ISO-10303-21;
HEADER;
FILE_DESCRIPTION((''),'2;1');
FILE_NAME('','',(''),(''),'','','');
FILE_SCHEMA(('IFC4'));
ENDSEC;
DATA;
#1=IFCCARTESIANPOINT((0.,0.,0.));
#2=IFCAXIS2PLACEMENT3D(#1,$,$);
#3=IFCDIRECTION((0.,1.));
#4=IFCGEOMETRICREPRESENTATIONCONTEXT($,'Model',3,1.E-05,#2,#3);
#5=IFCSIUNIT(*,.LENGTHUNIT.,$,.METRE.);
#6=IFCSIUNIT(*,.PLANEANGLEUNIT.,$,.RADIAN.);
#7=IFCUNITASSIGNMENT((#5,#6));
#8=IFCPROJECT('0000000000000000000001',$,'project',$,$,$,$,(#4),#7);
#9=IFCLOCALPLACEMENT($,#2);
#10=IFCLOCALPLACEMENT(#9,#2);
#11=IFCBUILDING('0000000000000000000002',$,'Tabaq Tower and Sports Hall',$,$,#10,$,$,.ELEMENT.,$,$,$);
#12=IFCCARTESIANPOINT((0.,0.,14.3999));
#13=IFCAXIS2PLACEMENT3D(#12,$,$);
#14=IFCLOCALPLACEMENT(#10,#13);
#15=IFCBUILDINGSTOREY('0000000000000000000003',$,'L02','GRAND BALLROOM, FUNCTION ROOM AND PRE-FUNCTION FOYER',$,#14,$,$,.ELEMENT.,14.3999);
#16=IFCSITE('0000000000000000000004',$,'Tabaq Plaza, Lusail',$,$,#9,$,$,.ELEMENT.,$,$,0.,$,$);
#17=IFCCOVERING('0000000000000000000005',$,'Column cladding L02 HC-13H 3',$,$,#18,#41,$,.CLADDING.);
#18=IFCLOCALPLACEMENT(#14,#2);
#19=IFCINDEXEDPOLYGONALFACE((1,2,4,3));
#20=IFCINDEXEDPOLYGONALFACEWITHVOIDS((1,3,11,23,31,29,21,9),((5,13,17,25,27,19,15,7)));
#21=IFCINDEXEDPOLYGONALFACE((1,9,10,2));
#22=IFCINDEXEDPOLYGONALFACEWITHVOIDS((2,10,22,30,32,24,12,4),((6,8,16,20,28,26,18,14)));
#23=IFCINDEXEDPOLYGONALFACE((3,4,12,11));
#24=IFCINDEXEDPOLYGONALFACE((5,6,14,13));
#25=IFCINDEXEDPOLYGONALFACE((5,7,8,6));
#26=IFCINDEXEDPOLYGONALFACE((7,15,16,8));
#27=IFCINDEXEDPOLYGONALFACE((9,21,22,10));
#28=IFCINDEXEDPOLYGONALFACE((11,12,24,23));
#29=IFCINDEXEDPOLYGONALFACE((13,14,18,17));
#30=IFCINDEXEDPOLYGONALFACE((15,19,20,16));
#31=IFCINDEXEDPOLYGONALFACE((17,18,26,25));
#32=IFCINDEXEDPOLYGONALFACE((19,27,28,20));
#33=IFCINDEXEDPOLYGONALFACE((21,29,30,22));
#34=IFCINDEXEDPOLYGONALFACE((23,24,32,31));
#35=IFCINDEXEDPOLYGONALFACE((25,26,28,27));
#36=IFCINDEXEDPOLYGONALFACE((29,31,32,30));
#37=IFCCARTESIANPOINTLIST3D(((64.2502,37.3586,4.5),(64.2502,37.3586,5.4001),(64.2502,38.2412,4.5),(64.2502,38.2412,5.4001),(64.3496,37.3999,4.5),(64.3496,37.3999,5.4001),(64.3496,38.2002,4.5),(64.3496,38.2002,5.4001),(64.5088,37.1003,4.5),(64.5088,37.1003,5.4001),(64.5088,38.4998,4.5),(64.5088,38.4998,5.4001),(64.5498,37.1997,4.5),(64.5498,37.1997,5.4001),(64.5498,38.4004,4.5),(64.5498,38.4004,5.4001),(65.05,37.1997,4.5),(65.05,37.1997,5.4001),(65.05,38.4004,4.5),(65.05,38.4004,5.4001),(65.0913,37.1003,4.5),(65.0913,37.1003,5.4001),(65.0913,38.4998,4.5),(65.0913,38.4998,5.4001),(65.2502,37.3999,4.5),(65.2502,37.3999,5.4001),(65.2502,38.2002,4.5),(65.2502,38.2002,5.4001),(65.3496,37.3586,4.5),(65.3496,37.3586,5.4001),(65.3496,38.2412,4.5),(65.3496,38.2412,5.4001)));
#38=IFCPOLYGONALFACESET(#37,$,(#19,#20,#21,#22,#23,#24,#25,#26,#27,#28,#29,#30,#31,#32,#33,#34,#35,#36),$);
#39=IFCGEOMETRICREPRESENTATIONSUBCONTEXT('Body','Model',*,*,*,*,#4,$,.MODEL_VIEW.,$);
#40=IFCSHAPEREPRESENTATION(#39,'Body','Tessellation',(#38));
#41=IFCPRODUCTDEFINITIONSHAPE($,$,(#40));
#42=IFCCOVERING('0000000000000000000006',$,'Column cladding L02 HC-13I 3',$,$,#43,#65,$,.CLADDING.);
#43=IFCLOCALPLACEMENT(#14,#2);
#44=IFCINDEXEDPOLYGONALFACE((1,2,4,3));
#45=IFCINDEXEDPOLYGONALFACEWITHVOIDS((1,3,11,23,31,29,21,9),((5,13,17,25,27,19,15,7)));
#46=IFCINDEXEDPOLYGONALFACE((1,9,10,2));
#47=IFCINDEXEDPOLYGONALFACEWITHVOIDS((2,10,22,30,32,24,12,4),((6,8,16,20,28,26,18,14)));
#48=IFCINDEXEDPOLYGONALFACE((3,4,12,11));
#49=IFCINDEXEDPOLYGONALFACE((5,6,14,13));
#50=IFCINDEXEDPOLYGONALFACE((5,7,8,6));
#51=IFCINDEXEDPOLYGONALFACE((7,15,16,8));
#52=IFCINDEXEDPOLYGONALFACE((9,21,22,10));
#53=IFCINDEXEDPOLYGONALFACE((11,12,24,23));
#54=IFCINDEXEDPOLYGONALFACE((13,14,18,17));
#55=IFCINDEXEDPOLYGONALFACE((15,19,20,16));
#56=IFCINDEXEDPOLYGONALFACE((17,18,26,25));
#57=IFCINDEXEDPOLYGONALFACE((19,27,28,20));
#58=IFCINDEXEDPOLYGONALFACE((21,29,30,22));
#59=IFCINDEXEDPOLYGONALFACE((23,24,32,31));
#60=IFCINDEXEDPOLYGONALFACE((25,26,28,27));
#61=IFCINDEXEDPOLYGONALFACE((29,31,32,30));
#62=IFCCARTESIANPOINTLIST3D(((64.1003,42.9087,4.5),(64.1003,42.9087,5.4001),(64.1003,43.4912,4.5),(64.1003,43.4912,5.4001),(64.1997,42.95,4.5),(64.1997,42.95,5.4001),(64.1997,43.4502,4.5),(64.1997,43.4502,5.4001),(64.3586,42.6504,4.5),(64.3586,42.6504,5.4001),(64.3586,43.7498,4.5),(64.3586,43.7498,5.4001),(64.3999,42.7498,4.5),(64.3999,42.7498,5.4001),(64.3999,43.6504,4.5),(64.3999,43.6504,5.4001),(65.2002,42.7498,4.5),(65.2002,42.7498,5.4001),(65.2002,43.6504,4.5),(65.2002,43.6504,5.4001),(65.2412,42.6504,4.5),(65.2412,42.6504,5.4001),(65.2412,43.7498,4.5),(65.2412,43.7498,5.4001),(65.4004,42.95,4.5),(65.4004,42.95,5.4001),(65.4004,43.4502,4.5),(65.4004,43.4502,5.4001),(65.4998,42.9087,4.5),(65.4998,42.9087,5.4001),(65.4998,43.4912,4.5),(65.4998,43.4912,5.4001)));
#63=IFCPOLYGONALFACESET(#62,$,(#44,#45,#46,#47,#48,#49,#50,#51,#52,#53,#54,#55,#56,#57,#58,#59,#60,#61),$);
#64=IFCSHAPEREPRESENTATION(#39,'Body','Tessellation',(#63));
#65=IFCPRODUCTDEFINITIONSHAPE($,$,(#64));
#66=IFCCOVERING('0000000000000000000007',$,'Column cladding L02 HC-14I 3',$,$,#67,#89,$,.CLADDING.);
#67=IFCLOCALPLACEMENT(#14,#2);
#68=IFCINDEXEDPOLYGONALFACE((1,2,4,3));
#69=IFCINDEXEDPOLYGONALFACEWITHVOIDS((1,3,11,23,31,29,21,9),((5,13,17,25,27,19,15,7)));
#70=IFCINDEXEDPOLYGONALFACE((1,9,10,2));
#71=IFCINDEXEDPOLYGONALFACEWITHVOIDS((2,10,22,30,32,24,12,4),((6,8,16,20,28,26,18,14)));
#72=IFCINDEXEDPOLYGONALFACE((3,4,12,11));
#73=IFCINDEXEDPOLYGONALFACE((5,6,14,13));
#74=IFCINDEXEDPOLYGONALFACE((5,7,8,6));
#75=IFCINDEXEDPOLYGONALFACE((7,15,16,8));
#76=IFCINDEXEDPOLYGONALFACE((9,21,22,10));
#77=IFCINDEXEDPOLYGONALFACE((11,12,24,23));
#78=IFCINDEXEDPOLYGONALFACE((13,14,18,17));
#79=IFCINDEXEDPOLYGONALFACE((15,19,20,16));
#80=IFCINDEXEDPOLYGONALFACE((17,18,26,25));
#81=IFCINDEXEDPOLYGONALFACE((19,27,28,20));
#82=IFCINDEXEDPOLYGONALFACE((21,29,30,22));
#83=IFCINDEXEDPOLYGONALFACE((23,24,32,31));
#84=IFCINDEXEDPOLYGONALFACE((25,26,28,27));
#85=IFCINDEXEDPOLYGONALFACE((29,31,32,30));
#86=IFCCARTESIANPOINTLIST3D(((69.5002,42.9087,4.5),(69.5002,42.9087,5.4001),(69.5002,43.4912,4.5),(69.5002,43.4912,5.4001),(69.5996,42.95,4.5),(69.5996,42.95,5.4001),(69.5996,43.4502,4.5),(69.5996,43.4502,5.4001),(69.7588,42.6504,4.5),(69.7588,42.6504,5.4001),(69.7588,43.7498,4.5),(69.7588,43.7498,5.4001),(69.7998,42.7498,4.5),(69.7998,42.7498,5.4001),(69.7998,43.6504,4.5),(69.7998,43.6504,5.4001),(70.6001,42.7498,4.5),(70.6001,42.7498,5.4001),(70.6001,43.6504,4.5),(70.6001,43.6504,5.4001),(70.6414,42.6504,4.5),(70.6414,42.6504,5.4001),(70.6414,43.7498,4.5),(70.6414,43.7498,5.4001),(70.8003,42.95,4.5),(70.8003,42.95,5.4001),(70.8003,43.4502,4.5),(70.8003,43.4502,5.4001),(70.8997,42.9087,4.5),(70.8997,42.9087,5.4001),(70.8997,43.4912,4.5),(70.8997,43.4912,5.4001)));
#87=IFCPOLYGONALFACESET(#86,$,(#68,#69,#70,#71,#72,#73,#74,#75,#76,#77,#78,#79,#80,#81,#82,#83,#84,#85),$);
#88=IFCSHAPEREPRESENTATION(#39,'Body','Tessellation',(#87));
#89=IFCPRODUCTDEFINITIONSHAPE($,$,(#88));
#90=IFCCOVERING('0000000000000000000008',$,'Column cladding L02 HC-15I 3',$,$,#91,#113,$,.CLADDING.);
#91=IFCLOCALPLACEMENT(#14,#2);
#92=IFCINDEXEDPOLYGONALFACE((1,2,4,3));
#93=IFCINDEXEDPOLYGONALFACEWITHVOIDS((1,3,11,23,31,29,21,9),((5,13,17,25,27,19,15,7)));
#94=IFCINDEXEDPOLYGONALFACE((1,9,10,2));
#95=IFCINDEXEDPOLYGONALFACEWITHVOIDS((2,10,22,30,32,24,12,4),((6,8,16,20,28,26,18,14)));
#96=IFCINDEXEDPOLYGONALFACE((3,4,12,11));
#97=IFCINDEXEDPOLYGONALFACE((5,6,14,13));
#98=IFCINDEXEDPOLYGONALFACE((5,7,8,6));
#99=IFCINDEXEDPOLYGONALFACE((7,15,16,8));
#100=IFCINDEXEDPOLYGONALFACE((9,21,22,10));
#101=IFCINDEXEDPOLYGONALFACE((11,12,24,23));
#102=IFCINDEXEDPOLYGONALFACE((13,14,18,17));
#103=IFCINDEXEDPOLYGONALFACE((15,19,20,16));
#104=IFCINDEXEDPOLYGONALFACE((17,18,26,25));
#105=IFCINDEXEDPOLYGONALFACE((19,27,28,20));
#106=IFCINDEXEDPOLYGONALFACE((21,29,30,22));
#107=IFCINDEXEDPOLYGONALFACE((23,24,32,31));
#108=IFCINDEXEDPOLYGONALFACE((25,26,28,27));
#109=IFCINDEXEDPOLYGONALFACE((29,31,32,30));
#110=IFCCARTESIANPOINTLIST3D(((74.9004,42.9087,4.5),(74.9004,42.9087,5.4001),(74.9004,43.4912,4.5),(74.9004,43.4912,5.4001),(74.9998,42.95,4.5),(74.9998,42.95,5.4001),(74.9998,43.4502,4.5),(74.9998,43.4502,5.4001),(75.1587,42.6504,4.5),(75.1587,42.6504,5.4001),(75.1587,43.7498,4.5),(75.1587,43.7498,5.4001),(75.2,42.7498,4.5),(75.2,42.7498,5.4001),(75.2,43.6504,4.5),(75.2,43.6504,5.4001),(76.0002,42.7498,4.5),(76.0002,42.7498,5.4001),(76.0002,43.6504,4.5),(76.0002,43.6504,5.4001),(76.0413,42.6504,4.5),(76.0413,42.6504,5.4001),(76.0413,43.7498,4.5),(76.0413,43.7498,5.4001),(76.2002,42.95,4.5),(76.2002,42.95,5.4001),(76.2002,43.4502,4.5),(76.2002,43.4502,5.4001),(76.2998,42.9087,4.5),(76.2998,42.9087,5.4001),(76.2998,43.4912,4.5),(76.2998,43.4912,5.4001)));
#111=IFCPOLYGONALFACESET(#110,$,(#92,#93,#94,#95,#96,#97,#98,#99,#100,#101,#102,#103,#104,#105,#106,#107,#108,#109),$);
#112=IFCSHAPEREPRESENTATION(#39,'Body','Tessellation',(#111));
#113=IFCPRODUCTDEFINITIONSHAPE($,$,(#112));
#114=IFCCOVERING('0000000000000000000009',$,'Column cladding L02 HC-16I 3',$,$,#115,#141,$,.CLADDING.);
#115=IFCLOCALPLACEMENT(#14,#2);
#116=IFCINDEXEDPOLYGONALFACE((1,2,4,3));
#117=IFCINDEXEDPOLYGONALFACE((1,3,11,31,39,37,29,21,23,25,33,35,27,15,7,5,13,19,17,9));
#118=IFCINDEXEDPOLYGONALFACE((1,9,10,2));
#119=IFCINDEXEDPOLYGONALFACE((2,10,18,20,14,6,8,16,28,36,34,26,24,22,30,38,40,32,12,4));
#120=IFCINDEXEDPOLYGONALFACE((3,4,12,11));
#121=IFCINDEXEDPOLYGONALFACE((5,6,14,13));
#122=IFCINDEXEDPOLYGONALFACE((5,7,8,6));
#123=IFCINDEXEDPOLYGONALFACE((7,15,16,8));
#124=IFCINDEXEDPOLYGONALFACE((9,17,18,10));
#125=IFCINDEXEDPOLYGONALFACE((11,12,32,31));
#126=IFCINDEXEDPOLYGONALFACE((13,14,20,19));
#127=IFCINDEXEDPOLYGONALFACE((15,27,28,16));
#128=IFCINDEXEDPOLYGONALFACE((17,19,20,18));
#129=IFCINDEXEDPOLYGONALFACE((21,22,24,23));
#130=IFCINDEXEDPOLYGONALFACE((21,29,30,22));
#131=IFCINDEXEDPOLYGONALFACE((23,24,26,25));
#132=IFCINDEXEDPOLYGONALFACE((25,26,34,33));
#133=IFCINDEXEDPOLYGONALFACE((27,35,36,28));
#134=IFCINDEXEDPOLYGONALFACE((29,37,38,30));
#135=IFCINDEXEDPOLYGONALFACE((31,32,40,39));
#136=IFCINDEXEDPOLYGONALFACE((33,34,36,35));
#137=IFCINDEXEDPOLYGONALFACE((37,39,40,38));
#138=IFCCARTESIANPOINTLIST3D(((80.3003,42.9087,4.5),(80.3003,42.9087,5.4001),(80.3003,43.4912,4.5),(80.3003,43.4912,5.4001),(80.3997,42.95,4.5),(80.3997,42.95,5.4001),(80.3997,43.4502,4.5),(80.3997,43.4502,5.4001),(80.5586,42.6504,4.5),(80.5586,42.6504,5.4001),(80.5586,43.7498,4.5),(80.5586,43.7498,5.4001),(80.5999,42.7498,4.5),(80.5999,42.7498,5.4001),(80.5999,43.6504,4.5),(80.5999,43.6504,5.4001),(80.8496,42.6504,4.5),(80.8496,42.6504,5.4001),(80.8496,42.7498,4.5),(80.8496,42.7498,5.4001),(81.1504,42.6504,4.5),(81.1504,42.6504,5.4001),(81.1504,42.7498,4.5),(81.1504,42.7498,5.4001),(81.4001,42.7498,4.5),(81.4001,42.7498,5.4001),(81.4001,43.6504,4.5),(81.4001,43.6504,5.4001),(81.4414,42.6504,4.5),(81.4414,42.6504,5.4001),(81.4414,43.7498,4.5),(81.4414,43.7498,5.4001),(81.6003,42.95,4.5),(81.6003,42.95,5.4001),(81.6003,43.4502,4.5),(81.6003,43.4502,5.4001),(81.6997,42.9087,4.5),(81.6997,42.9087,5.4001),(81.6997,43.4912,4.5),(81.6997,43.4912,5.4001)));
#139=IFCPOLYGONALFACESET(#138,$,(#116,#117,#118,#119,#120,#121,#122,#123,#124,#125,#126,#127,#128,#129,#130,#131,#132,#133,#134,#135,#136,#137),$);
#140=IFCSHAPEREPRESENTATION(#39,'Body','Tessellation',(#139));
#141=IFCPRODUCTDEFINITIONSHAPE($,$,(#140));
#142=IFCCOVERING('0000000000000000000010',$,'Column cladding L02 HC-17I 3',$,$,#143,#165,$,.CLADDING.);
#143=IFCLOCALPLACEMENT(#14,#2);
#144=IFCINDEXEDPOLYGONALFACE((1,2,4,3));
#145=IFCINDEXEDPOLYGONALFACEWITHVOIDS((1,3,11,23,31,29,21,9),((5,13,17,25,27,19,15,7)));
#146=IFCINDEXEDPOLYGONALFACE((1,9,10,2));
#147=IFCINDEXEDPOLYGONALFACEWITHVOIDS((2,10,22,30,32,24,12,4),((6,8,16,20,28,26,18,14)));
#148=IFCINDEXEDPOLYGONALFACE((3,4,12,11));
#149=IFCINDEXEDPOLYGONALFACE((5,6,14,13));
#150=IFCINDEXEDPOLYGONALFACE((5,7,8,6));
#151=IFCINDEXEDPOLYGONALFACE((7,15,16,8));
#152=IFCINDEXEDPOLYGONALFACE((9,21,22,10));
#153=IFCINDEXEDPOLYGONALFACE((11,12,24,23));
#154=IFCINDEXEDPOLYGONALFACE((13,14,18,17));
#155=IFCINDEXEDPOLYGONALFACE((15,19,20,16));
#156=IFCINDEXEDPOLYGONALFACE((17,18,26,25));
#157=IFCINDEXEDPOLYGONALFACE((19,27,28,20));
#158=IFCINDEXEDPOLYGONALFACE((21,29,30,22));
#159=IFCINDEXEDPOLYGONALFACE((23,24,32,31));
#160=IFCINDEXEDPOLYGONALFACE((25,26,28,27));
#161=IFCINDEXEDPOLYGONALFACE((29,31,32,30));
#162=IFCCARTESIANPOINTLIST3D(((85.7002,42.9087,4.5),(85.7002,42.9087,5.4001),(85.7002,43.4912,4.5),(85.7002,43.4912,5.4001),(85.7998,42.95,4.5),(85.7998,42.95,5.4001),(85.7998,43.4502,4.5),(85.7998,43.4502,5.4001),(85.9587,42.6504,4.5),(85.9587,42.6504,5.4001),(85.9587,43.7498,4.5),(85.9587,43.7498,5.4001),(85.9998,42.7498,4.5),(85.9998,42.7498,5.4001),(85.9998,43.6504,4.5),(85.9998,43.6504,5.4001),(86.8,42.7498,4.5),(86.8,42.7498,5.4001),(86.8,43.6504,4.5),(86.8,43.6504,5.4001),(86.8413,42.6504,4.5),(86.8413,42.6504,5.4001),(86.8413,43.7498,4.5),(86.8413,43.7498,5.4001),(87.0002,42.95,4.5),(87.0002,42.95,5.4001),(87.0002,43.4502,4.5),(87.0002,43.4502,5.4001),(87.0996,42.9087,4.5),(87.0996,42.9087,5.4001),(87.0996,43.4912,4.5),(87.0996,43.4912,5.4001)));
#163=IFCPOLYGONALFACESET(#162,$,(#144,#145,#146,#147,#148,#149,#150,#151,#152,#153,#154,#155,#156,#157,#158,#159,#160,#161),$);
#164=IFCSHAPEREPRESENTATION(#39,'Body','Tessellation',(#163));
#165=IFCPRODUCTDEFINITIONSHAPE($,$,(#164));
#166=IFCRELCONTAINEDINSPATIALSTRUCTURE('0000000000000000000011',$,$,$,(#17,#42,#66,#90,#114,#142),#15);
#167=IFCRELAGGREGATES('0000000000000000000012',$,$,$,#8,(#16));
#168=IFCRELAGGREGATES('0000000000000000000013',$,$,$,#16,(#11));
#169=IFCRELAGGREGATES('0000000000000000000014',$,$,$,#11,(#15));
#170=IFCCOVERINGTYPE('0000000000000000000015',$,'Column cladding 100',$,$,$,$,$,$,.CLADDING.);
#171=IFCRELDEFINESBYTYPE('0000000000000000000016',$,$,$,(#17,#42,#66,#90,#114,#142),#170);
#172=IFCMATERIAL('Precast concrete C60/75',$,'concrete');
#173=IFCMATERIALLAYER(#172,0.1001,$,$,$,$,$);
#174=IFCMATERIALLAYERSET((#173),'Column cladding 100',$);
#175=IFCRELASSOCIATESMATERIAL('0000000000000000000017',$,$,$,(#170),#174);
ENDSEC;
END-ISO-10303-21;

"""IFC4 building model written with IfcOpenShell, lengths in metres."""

from ifc_helpers import new_model, si_unit, direction, frame, origin, place, context, subcontext, project, spatial, polyline, outline, extrude, material, layer, layer_set, type_object, element, save


model = new_model("IFC4")

# Units and contexts
model_context = context("Model", 3, precision=1e-05, world=origin(), true_north=direction((0.0, 1.0)))
body_context = subcontext(model_context, "Body", "Model", "MODEL_VIEW")
ifc_project = project(units=[si_unit("LENGTHUNIT", "METRE"), si_unit("PLANEANGLEUNIT", "RADIAN")], contexts=[model_context])

# Site, building, storey
site_placement = place(None, origin())
site = spatial("IfcSite", under=ifc_project, at=site_placement, Name="Tabaq Plaza, Lusail", CompositionType="ELEMENT", RefElevation=0.0)
building_placement = place(site_placement, origin())
building = spatial("IfcBuilding", under=site, at=building_placement, Name="Tabaq Tower and Sports Hall", CompositionType="ELEMENT")
storey_placement = place(building_placement, frame((0.0, 0.0, 14.3999)))
storey = spatial("IfcBuildingStorey", under=building, at=storey_placement, Name="L02", Description="GRAND BALLROOM, FUNCTION ROOM AND PRE-FUNCTION FOYER", CompositionType="ELEMENT", Elevation=14.3999)

# Coverings
ifc_material_1 = material(Name="Precast concrete C60/75", Category="concrete")
ifc_layer_1 = layer(ifc_material_1, 0.1001)
ifc_layer_set_1 = layer_set([ifc_layer_1], Name="Column cladding 100")
covering_type = type_object("IfcCoveringType", Name="Column cladding 100", PredefinedType="CLADDING", material=ifc_layer_set_1)
covering_1_placement = place(storey_placement, frame((0.0, 0.0, 4.5)))
element("IfcCovering", 1, at=covering_1_placement, inside=storey, type_object=covering_type, Name="Column cladding L02 HC-13H 3", PredefinedType="CLADDING", context=body_context, shape_type="SweptSolid", body=[
    extrude(outline(polyline([(65.0913, 37.1003), (64.5088, 37.1003), (64.2502, 37.3586), (64.2502, 38.2412), (64.5088, 38.4998), (65.0913, 38.4998), (65.3496, 38.2412), (65.3496, 37.3586), (65.0913, 37.1003)]), holes=[polyline([(65.2502, 38.2002), (65.05, 38.4004), (64.5498, 38.4004), (64.3496, 38.2002), (64.3496, 37.3999), (64.5498, 37.1997), (65.05, 37.1997), (65.2502, 37.3999), (65.2502, 38.2002)])]), origin(), (0.0, 0.0, 1.0), 0.9001),
])
covering_2_placement = place(storey_placement, frame((0.0, 0.0, 4.5)))
element("IfcCovering", 2, at=covering_2_placement, inside=storey, type_object=covering_type, Name="Column cladding L02 HC-13I 3", PredefinedType="CLADDING", context=body_context, shape_type="SweptSolid", body=[
    extrude(outline(polyline([(64.1003, 42.9087), (64.1003, 43.4912), (64.3586, 43.7498), (65.2412, 43.7498), (65.4998, 43.4912), (65.4998, 42.9087), (65.2412, 42.6504), (64.3586, 42.6504), (64.1003, 42.9087)]), holes=[polyline([(65.2002, 42.7498), (65.4004, 42.95), (65.4004, 43.4502), (65.2002, 43.6504), (64.3999, 43.6504), (64.1997, 43.4502), (64.1997, 42.95), (64.3999, 42.7498), (65.2002, 42.7498)])]), origin(), (0.0, 0.0, 1.0), 0.9001),
])
covering_3_placement = place(storey_placement, frame((0.0, 0.0, 4.5)))
element("IfcCovering", 3, at=covering_3_placement, inside=storey, type_object=covering_type, Name="Column cladding L02 HC-14I 3", PredefinedType="CLADDING", context=body_context, shape_type="SweptSolid", body=[
    extrude(outline(polyline([(69.5002, 42.9087), (69.5002, 43.4912), (69.7588, 43.7498), (70.6414, 43.7498), (70.8997, 43.4912), (70.8997, 42.9087), (70.6414, 42.6504), (69.7588, 42.6504), (69.5002, 42.9087)]), holes=[polyline([(70.6001, 42.7498), (70.8003, 42.95), (70.8003, 43.4502), (70.6001, 43.6504), (69.7998, 43.6504), (69.5996, 43.4502), (69.5996, 42.95), (69.7998, 42.7498), (70.6001, 42.7498)])]), origin(), (0.0, 0.0, 1.0), 0.9001),
])
covering_4_placement = place(storey_placement, frame((0.0, 0.0, 4.5)))
element("IfcCovering", 4, at=covering_4_placement, inside=storey, type_object=covering_type, Name="Column cladding L02 HC-15I 3", PredefinedType="CLADDING", context=body_context, shape_type="SweptSolid", body=[
    extrude(outline(polyline([(74.9004, 42.9087), (74.9004, 43.4912), (75.1587, 43.7498), (76.0413, 43.7498), (76.2998, 43.4912), (76.2998, 42.9087), (76.0413, 42.6504), (75.1587, 42.6504), (74.9004, 42.9087)]), holes=[polyline([(76.0002, 42.7498), (76.2002, 42.95), (76.2002, 43.4502), (76.0002, 43.6504), (75.2, 43.6504), (74.9998, 43.4502), (74.9998, 42.95), (75.2, 42.7498), (76.0002, 42.7498)])]), origin(), (0.0, 0.0, 1.0), 0.9001),
])
covering_5_placement = place(storey_placement, frame((0.0, 0.0, 4.5)))
element("IfcCovering", 5, at=covering_5_placement, inside=storey, type_object=covering_type, Name="Column cladding L02 HC-16I 3", PredefinedType="CLADDING", context=body_context, shape_type="SweptSolid", body=[
    extrude(outline(polyline([(80.3003, 43.4912), (80.5586, 43.7498), (81.4414, 43.7498), (81.6997, 43.4912), (81.6997, 42.9087), (81.4414, 42.6504), (81.1504, 42.6504), (81.1504, 42.7498), (81.4001, 42.7498), (81.6003, 42.95), (81.6003, 43.4502), (81.4001, 43.6504), (80.5999, 43.6504), (80.3997, 43.4502), (80.3997, 42.95), (80.5999, 42.7498), (80.8496, 42.7498), (80.8496, 42.6504), (80.5586, 42.6504), (80.3003, 42.9087), (80.3003, 43.4912)])), origin(), (0.0, 0.0, 1.0), 0.9001),
])
covering_6_placement = place(storey_placement, frame((0.0, 0.0, 4.5)))
element("IfcCovering", 6, at=covering_6_placement, inside=storey, type_object=covering_type, Name="Column cladding L02 HC-17I 3", PredefinedType="CLADDING", context=body_context, shape_type="SweptSolid", body=[
    extrude(outline(polyline([(85.7002, 42.9087), (85.7002, 43.4912), (85.9587, 43.7498), (86.8413, 43.7498), (87.0996, 43.4912), (87.0996, 42.9087), (86.8413, 42.6504), (85.9587, 42.6504), (85.7002, 42.9087)]), holes=[polyline([(86.8, 42.7498), (87.0002, 42.95), (87.0002, 43.4502), (86.8, 43.6504), (85.9998, 43.6504), (85.7998, 43.4502), (85.7998, 42.95), (85.9998, 42.7498), (86.8, 42.7498)])]), origin(), (0.0, 0.0, 1.0), 0.9001),
])

save(model, "model.ifc")
